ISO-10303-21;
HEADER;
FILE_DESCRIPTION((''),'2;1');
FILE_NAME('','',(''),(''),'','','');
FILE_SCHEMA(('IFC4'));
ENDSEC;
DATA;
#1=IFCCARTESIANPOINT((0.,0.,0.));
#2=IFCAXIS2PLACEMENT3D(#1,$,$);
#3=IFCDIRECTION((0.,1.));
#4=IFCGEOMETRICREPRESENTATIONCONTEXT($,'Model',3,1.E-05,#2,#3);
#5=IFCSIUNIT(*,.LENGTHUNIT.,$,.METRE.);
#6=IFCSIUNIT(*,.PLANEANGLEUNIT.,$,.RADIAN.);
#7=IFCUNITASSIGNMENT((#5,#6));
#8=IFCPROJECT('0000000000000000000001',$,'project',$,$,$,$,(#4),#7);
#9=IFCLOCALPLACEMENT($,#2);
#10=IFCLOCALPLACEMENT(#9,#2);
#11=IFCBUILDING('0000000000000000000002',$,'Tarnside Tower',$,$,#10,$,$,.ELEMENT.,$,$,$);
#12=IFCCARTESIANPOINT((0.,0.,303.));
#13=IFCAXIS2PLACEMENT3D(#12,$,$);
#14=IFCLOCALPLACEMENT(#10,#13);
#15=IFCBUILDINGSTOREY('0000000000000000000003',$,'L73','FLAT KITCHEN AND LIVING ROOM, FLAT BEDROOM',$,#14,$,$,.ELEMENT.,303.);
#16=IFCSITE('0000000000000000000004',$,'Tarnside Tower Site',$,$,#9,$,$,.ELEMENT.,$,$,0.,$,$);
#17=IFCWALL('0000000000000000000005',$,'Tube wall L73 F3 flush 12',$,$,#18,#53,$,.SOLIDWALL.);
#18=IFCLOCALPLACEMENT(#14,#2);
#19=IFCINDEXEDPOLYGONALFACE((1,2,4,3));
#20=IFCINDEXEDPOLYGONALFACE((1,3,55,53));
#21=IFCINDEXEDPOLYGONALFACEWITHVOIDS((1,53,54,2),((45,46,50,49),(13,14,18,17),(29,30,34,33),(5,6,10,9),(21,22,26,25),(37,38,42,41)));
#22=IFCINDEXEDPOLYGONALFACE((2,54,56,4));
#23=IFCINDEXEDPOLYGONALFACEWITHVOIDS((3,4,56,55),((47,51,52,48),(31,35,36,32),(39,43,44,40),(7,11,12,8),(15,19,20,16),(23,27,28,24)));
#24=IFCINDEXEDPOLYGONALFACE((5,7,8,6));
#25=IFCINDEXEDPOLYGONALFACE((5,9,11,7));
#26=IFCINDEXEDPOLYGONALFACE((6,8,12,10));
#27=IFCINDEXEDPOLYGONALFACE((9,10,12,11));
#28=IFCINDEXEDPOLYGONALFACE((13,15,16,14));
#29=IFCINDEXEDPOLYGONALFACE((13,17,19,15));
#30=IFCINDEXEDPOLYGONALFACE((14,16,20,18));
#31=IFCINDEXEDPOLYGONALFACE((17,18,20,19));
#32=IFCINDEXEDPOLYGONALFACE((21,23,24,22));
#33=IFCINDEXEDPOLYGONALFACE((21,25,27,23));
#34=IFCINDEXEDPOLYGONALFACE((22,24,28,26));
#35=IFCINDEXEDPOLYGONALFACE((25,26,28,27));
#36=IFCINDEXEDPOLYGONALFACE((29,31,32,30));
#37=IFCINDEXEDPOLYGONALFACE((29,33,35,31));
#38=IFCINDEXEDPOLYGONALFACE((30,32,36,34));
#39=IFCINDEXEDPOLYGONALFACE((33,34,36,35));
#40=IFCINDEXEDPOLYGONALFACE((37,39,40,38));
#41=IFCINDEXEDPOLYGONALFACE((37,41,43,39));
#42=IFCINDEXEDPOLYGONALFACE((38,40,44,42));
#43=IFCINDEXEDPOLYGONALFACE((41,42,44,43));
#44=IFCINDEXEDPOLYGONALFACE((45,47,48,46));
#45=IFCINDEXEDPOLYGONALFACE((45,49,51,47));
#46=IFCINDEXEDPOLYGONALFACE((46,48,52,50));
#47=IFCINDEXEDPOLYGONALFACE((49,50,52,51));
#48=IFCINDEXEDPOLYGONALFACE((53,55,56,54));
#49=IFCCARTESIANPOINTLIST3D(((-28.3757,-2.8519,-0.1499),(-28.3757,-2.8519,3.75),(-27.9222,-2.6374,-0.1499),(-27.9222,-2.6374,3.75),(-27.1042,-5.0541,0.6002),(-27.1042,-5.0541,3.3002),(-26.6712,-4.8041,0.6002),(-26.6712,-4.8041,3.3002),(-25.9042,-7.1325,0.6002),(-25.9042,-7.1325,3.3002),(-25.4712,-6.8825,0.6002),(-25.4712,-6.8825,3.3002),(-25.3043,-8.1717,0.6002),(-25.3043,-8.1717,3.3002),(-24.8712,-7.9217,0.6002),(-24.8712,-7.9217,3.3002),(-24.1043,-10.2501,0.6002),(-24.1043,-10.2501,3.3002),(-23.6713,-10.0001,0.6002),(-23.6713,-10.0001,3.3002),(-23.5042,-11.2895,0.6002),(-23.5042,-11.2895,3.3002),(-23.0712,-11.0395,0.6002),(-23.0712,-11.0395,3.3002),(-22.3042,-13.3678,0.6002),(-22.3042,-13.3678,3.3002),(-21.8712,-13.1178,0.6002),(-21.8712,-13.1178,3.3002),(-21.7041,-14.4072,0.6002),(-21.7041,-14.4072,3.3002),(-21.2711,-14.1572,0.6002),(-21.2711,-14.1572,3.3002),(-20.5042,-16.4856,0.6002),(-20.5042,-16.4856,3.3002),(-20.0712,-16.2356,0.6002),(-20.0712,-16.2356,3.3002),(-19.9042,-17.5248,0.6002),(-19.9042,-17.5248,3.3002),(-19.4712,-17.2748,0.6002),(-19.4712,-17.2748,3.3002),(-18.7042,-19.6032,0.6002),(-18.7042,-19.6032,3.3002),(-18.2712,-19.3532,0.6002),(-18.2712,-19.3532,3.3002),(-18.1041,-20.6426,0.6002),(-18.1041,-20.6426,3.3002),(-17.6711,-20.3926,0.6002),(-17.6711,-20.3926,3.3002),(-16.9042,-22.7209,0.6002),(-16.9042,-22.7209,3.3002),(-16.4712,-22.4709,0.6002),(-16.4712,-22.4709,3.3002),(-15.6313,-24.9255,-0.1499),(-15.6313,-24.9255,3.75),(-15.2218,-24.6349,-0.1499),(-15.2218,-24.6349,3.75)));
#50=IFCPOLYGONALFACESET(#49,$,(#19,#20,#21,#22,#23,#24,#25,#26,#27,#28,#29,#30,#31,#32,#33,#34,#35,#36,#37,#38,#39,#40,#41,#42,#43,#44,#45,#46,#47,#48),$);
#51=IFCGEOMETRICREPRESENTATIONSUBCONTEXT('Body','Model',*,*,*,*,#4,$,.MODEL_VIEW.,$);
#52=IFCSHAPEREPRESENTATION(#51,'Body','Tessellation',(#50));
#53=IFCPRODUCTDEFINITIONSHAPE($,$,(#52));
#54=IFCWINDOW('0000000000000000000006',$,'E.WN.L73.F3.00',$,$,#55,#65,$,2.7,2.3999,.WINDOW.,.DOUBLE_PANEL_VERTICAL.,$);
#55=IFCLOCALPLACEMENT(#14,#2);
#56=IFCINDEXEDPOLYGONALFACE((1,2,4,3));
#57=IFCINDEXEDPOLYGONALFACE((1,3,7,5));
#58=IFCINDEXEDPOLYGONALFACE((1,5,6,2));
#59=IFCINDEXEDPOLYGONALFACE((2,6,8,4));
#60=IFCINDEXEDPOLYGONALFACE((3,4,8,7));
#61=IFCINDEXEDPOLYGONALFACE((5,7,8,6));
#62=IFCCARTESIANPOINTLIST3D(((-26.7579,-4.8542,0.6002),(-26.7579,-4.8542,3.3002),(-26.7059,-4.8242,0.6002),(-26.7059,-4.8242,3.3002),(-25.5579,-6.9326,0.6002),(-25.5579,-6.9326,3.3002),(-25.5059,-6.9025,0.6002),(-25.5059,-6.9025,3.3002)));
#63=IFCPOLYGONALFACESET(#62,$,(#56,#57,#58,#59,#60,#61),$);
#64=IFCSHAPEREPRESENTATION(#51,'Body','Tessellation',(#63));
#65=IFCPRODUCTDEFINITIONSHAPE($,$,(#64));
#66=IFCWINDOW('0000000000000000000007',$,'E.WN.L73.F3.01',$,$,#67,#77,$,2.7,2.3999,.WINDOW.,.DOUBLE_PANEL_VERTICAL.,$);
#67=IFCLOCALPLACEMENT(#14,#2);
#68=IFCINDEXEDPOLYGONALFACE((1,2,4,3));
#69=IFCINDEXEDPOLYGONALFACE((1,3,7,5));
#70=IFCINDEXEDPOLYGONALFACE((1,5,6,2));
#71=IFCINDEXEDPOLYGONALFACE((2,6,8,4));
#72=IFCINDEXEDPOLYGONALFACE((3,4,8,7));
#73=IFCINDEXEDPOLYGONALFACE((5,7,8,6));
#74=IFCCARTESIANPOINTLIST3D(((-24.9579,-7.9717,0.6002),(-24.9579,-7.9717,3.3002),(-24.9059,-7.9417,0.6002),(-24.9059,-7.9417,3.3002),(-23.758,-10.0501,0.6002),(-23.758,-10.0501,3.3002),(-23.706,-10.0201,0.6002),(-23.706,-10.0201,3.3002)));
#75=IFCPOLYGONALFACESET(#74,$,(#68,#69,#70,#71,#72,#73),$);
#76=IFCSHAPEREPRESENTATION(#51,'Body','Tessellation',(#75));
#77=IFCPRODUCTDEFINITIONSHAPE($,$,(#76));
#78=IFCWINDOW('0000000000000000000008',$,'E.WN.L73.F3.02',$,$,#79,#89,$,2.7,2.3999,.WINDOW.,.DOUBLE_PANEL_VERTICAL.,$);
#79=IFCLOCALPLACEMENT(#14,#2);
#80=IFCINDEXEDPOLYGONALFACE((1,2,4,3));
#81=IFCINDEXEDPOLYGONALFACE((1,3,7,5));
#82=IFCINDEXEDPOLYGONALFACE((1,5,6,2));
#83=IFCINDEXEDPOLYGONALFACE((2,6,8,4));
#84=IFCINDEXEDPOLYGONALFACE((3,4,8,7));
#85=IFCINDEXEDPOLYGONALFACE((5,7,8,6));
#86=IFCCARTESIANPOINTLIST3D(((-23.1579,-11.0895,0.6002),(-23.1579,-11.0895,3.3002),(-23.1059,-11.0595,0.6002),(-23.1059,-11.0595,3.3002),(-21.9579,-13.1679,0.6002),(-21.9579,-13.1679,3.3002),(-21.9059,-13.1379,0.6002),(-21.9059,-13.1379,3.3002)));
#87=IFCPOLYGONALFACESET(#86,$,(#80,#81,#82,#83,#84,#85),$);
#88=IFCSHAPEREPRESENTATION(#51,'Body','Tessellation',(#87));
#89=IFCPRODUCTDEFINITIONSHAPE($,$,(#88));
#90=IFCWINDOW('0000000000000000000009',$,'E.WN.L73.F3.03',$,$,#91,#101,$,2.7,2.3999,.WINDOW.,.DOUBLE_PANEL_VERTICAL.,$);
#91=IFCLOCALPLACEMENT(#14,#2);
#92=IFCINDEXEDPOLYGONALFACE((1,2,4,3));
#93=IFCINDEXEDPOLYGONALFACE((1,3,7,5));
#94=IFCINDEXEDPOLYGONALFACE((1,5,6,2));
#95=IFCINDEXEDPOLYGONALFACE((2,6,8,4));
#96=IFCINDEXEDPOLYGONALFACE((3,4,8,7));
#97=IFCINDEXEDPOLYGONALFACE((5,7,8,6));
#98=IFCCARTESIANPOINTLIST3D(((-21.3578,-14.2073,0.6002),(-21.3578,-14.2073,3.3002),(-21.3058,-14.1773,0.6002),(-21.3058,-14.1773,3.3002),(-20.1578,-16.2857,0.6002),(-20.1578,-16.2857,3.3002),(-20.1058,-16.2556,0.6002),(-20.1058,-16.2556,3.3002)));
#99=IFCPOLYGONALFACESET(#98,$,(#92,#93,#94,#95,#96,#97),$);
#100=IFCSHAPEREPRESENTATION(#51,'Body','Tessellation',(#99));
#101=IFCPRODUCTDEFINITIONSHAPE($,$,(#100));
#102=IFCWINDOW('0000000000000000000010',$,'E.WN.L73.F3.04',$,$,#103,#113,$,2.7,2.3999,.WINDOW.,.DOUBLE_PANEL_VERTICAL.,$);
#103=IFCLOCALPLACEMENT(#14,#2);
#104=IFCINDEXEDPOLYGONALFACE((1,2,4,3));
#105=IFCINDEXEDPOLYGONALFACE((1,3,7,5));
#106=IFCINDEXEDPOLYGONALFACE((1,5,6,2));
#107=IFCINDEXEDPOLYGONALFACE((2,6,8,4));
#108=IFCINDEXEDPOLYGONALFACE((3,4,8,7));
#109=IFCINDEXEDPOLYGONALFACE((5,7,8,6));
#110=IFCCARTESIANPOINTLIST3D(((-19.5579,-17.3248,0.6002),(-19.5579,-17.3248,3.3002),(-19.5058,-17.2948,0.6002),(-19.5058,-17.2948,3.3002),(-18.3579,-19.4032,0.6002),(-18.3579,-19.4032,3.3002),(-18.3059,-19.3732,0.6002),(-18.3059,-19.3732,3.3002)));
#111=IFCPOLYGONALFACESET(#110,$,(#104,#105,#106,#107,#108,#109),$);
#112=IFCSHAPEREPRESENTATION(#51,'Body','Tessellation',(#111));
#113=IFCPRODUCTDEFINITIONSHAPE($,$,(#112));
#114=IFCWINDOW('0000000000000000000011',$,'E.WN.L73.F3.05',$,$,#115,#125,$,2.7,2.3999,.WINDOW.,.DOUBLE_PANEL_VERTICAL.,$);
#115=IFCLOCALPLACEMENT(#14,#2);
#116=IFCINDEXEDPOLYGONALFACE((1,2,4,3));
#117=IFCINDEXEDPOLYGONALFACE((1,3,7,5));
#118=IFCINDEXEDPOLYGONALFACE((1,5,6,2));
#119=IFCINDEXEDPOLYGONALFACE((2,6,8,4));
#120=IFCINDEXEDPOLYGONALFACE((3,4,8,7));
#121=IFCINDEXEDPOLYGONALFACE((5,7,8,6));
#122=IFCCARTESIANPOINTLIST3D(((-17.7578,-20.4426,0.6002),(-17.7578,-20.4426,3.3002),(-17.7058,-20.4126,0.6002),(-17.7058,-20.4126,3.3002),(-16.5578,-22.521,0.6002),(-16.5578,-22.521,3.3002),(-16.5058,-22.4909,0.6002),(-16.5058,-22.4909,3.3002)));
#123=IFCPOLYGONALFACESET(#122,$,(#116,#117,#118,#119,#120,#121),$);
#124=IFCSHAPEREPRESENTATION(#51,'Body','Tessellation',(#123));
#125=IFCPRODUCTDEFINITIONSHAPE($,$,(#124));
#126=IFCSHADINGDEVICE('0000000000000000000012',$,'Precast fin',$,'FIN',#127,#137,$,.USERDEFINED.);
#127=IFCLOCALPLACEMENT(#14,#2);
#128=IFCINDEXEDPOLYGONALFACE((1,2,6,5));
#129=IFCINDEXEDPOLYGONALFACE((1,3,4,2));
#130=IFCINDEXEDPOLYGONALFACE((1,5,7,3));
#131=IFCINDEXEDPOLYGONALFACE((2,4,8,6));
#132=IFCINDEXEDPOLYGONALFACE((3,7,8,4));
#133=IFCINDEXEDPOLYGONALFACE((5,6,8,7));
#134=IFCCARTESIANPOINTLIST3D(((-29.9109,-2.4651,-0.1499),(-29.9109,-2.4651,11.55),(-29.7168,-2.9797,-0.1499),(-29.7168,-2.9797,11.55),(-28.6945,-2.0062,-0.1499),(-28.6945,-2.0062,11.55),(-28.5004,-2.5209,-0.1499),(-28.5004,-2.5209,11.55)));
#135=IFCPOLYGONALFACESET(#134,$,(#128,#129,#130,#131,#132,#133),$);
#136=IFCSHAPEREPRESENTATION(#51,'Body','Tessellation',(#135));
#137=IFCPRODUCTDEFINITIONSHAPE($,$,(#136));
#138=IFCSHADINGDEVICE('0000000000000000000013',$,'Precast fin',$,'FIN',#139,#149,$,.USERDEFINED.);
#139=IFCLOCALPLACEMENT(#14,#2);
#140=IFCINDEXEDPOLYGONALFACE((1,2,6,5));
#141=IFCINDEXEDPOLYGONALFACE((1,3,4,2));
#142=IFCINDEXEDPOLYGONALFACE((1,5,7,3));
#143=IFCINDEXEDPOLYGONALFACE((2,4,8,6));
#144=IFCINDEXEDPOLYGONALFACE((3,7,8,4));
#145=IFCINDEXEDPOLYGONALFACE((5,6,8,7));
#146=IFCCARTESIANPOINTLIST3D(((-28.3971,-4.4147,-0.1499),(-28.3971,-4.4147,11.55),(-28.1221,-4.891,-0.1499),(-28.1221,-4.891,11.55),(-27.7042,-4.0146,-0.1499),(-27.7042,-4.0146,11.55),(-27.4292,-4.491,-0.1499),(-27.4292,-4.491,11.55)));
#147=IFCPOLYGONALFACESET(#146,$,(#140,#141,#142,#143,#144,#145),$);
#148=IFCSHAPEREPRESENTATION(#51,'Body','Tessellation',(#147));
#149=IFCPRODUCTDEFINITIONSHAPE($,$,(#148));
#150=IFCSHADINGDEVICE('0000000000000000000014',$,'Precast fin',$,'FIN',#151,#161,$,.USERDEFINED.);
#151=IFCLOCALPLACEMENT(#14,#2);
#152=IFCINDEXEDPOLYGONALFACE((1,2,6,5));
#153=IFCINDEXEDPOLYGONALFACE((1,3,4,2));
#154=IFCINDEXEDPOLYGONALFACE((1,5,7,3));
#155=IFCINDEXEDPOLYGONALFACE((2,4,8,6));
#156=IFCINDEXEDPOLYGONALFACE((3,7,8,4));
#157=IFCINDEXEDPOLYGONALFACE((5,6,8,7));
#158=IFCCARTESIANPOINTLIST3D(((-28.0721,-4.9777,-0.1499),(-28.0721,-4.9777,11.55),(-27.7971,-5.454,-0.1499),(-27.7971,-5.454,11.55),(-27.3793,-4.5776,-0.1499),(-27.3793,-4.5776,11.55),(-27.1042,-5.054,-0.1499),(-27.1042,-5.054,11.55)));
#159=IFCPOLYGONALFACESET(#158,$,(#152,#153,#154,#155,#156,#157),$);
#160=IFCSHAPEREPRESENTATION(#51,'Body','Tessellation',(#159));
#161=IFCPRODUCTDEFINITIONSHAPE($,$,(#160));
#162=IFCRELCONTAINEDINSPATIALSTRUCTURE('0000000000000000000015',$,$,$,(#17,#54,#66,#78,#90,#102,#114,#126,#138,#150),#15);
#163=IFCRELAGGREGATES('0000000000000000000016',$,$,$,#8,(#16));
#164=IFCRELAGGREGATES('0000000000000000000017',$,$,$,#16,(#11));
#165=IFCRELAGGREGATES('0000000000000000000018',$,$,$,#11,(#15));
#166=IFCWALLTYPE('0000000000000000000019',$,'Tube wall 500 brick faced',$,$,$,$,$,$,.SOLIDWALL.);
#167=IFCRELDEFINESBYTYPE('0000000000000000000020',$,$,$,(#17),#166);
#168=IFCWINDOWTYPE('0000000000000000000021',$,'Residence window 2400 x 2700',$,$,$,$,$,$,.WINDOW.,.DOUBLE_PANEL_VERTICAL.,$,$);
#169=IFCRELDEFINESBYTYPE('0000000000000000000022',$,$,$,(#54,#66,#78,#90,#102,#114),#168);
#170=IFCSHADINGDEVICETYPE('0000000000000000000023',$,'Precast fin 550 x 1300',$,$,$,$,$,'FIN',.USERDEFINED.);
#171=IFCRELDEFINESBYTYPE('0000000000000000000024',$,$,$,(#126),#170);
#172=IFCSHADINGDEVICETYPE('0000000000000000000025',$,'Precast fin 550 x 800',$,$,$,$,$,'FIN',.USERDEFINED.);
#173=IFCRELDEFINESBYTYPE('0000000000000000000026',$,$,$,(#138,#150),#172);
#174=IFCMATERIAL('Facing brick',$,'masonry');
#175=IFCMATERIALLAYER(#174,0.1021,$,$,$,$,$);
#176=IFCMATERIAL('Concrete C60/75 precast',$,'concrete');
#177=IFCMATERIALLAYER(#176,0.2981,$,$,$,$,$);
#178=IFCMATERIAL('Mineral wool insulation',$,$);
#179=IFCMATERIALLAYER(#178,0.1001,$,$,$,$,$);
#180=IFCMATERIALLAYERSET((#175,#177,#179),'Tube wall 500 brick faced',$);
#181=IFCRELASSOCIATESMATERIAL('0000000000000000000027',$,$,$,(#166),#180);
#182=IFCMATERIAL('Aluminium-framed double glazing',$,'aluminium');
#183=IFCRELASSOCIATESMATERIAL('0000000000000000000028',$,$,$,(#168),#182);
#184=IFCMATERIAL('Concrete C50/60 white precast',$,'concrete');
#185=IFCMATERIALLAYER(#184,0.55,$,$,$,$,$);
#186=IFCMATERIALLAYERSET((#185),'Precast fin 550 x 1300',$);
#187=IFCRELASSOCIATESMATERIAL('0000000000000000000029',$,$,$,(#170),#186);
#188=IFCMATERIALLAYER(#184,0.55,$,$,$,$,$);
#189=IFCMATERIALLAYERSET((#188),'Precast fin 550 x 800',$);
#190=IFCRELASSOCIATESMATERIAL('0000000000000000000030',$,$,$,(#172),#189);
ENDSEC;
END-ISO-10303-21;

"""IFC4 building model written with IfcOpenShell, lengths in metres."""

from ifc_helpers import new_model, si_unit, direction, frame, frame_2d, origin, place, context, subcontext, project, spatial, polyline, rectangle, outline, extrude, material, layer, layer_set, type_object, element, fill, save


model = new_model("IFC4")

# Units and contexts
model_context = context("Model", 3, precision=1e-05, world=origin(), true_north=direction((0.0, 1.0)))
body_context = subcontext(model_context, "Body", "Model", "MODEL_VIEW")
ifc_project = project(units=[si_unit("LENGTHUNIT", "METRE"), si_unit("PLANEANGLEUNIT", "RADIAN")], contexts=[model_context])

# Site, building, storey
site_placement = place(None, origin())
site = spatial("IfcSite", under=ifc_project, at=site_placement, Name="Tarnside Tower Site", CompositionType="ELEMENT", RefElevation=0.0)
building_placement = place(site_placement, origin())
building = spatial("IfcBuilding", under=site, at=building_placement, Name="Tarnside Tower", CompositionType="ELEMENT")
storey_placement = place(building_placement, frame((0.0, 0.0, 303.0)))
storey = spatial("IfcBuildingStorey", under=building, at=storey_placement, Name="L73", Description="FLAT KITCHEN AND LIVING ROOM, FLAT BEDROOM", CompositionType="ELEMENT", Elevation=303.0)

# Shared definitions
ifc_material_1 = material(Name="Facing brick", Category="masonry")
ifc_layer_1 = layer(ifc_material_1, 0.1021)
ifc_material_2 = material(Name="Concrete C60/75 precast", Category="concrete")
ifc_layer_2 = layer(ifc_material_2, 0.2981)
ifc_material_3 = material(Name="Mineral wool insulation")
ifc_layer_3 = layer(ifc_material_3, 0.1001)
ifc_layer_set_1 = layer_set([ifc_layer_1, ifc_layer_2, ifc_layer_3], Name="Tube wall 500 brick faced")
wall_type_1 = type_object("IfcWallType", Name="Tube wall 500 brick faced", PredefinedType="SOLIDWALL", material=ifc_layer_set_1)

# Wall, openings, windows
wall_1_placement = place(storey_placement, frame((-28.1489, -2.7446, -0.1499), z_axis=(0.0, 0.0, 1.0), x_axis=(0.500004, -0.866023, 0.0)))
wall_1 = element("IfcWall", 1, at=wall_1_placement, inside=storey, type_object=wall_type_1, Name="Tube wall L73 F3 flush 12", PredefinedType="SOLIDWALL", context=body_context, shape_type="SweptSolid", body=[
    extrude(outline(polyline([(-0.0205, -0.25), (25.468, -0.25), (25.4211, 0.25), (0.0205, 0.25), (-0.0205, -0.25)])), origin(), (0.0, 0.0, 1.0), 3.8999),
])
opening_1_placement = place(wall_1_placement, frame((2.5225, 0.0, 0.75)))
opening_1 = element("IfcOpeningElement", 2, at=opening_1_placement, cuts=wall_1, PredefinedType="OPENING", context=body_context, shape_type="SweptSolid", body=[
    extrude(rectangle(XDim=2.3999, YDim=2.7, at=frame_2d((1.2, 1.3501))), frame((0.0, 0.26, 0.0), z_axis=(0.0, -1.0, 0.0), x_axis=(1.0, 0.0, 0.0)), (0.0, 0.0, 1.0), 0.52),
])
opening_2_placement = place(wall_1_placement, frame((6.1223, 0.0, 0.75)))
opening_2 = element("IfcOpeningElement", 3, at=opening_2_placement, cuts=wall_1, PredefinedType="OPENING", context=body_context, shape_type="SweptSolid", body=[
    extrude(rectangle(XDim=2.3999, YDim=2.7, at=frame_2d((1.2, 1.3501))), frame((0.0, 0.26, 0.0), z_axis=(0.0, -1.0, 0.0), x_axis=(1.0, 0.0, 0.0)), (0.0, 0.0, 1.0), 0.52),
])
opening_3_placement = place(wall_1_placement, frame((9.7224, 0.0, 0.75)))
opening_3 = element("IfcOpeningElement", 4, at=opening_3_placement, cuts=wall_1, PredefinedType="OPENING", context=body_context, shape_type="SweptSolid", body=[
    extrude(rectangle(XDim=2.3999, YDim=2.7, at=frame_2d((1.2, 1.3501))), frame((0.0, 0.26, 0.0), z_axis=(0.0, -1.0, 0.0), x_axis=(1.0, 0.0, 0.0)), (0.0, 0.0, 1.0), 0.52),
])
opening_4_placement = place(wall_1_placement, frame((13.3225, 0.0, 0.75)))
opening_4 = element("IfcOpeningElement", 5, at=opening_4_placement, cuts=wall_1, PredefinedType="OPENING", context=body_context, shape_type="SweptSolid", body=[
    extrude(rectangle(XDim=2.3999, YDim=2.7, at=frame_2d((1.2, 1.3501))), frame((0.0, 0.26, 0.0), z_axis=(0.0, -1.0, 0.0), x_axis=(1.0, 0.0, 0.0)), (0.0, 0.0, 1.0), 0.52),
])
opening_5_placement = place(wall_1_placement, frame((16.9224, 0.0, 0.75)))
opening_5 = element("IfcOpeningElement", 6, at=opening_5_placement, cuts=wall_1, PredefinedType="OPENING", context=body_context, shape_type="SweptSolid", body=[
    extrude(rectangle(XDim=2.3999, YDim=2.7, at=frame_2d((1.2, 1.3501))), frame((0.0, 0.26, 0.0), z_axis=(0.0, -1.0, 0.0), x_axis=(1.0, 0.0, 0.0)), (0.0, 0.0, 1.0), 0.52),
])
opening_6_placement = place(wall_1_placement, frame((20.5225, 0.0, 0.75)))
opening_6 = element("IfcOpeningElement", 7, at=opening_6_placement, cuts=wall_1, PredefinedType="OPENING", context=body_context, shape_type="SweptSolid", body=[
    extrude(rectangle(XDim=2.3999, YDim=2.7, at=frame_2d((1.2, 1.3501))), frame((0.0, 0.26, 0.0), z_axis=(0.0, -1.0, 0.0), x_axis=(1.0, 0.0, 0.0)), (0.0, 0.0, 1.0), 0.52),
])
ifc_material_4 = material(Name="Aluminium-framed double glazing", Category="aluminium")
window_type = type_object("IfcWindowType", Name="Residence window 2400 x 2700", PartitioningType="DOUBLE_PANEL_VERTICAL", PredefinedType="WINDOW", material=ifc_material_4)
window_1_placement = place(opening_1_placement, frame((0.0, 0.1799, 0.0)))
window_1 = element("IfcWindow", 8, at=window_1_placement, inside=storey, type_object=window_type, Name="E.WN.L73.F3.00", OverallHeight=2.7, OverallWidth=2.3999, PartitioningType="DOUBLE_PANEL_VERTICAL", PredefinedType="WINDOW", context=body_context, shape_type="SweptSolid", body=[
    extrude(rectangle(XDim=2.3999, YDim=2.7, at=frame_2d((1.2, 1.3501))), frame((0.0, 0.03, 0.0), z_axis=(0.0, -1.0, 0.0), x_axis=(1.0, 0.0, 0.0)), (0.0, 0.0, 1.0), 0.0601),
])
fill(opening_1, window_1)
window_2_placement = place(opening_2_placement, frame((0.0, 0.1799, 0.0)))
window_2 = element("IfcWindow", 9, at=window_2_placement, inside=storey, type_object=window_type, Name="E.WN.L73.F3.01", OverallHeight=2.7, OverallWidth=2.3999, PartitioningType="DOUBLE_PANEL_VERTICAL", PredefinedType="WINDOW", context=body_context, shape_type="SweptSolid", body=[
    extrude(rectangle(XDim=2.3999, YDim=2.7, at=frame_2d((1.2, 1.3501))), frame((0.0, 0.03, 0.0), z_axis=(0.0, -1.0, 0.0), x_axis=(1.0, 0.0, 0.0)), (0.0, 0.0, 1.0), 0.0601),
])
fill(opening_2, window_2)
window_3_placement = place(opening_3_placement, frame((0.0, 0.1799, 0.0)))
window_3 = element("IfcWindow", 10, at=window_3_placement, inside=storey, type_object=window_type, Name="E.WN.L73.F3.02", OverallHeight=2.7, OverallWidth=2.3999, PartitioningType="DOUBLE_PANEL_VERTICAL", PredefinedType="WINDOW", context=body_context, shape_type="SweptSolid", body=[
    extrude(rectangle(XDim=2.3999, YDim=2.7, at=frame_2d((1.2, 1.3501))), frame((0.0, 0.03, 0.0), z_axis=(0.0, -1.0, 0.0), x_axis=(1.0, 0.0, 0.0)), (0.0, 0.0, 1.0), 0.0601),
])
fill(opening_3, window_3)
window_4_placement = place(opening_4_placement, frame((0.0, 0.1799, 0.0)))
window_4 = element("IfcWindow", 11, at=window_4_placement, inside=storey, type_object=window_type, Name="E.WN.L73.F3.03", OverallHeight=2.7, OverallWidth=2.3999, PartitioningType="DOUBLE_PANEL_VERTICAL", PredefinedType="WINDOW", context=body_context, shape_type="SweptSolid", body=[
    extrude(rectangle(XDim=2.3999, YDim=2.7, at=frame_2d((1.2, 1.3501))), frame((0.0, 0.03, 0.0), z_axis=(0.0, -1.0, 0.0), x_axis=(1.0, 0.0, 0.0)), (0.0, 0.0, 1.0), 0.0601),
])
fill(opening_4, window_4)
window_5_placement = place(opening_5_placement, frame((0.0, 0.1799, 0.0)))
window_5 = element("IfcWindow", 12, at=window_5_placement, inside=storey, type_object=window_type, Name="E.WN.L73.F3.04", OverallHeight=2.7, OverallWidth=2.3999, PartitioningType="DOUBLE_PANEL_VERTICAL", PredefinedType="WINDOW", context=body_context, shape_type="SweptSolid", body=[
    extrude(rectangle(XDim=2.3999, YDim=2.7, at=frame_2d((1.2, 1.3501))), frame((0.0, 0.03, 0.0), z_axis=(0.0, -1.0, 0.0), x_axis=(1.0, 0.0, 0.0)), (0.0, 0.0, 1.0), 0.0601),
])
fill(opening_5, window_5)
window_6_placement = place(opening_6_placement, frame((0.0, 0.1799, 0.0)))
window_6 = element("IfcWindow", 13, at=window_6_placement, inside=storey, type_object=window_type, Name="E.WN.L73.F3.05", OverallHeight=2.7, OverallWidth=2.3999, PartitioningType="DOUBLE_PANEL_VERTICAL", PredefinedType="WINDOW", context=body_context, shape_type="SweptSolid", body=[
    extrude(rectangle(XDim=2.3999, YDim=2.7, at=frame_2d((1.2, 1.3501))), frame((0.0, 0.03, 0.0), z_axis=(0.0, -1.0, 0.0), x_axis=(1.0, 0.0, 0.0)), (0.0, 0.0, 1.0), 0.0601),
])
fill(opening_6, window_6)

# Shading devices
ifc_material_5 = material(Name="Concrete C50/60 white precast", Category="concrete")
ifc_layer_4 = layer(ifc_material_5, 0.55)
ifc_layer_set_2 = layer_set([ifc_layer_4], Name="Precast fin 550 x 1300")
shading_device_type_1 = type_object("IfcShadingDeviceType", Name="Precast fin 550 x 1300", ElementType="FIN", PredefinedType="USERDEFINED", material=ifc_layer_set_2)
shading_device_placement = place(storey_placement, frame((-28.5974, -2.2637, -0.1499), z_axis=(-0.352931, 0.93565, 0.0), x_axis=(-0.93565, -0.352931, 0.0)))
element("IfcShadingDevice", 14, at=shading_device_placement, inside=storey, type_object=shading_device_type_1, Name="Precast fin", ObjectType="FIN", PredefinedType="USERDEFINED", context=body_context, shape_type="SweptSolid", body=[
    extrude(outline(polyline([(0.0, 0.0), (1.3, 0.0), (1.3, 11.7), (0.0, 11.7), (0.0, 0.0)])), frame((0.0, 0.0, -0.2749)), (0.0, 0.0, 1.0), 0.55),
])
ifc_layer_5 = layer(ifc_material_5, 0.55)
ifc_layer_set_3 = layer_set([ifc_layer_5], Name="Precast fin 550 x 800")
shading_device_type_2 = type_object("IfcShadingDeviceType", Name="Precast fin 550 x 800", ElementType="FIN", PredefinedType="USERDEFINED", material=ifc_layer_set_3)
for number, where, z_axis, x_axis, name in (
    (15, (-27.5667, -4.2529, -0.1499), (-0.5, 0.866025, 0.0), (-0.866025, -0.5, 0.0), "Precast fin"),
    (16, (-27.2417, -4.8159, -0.1499), (-0.5, 0.866025, 0.0), (-0.866025, -0.5, 0.0), "Precast fin"),
):
    element("IfcShadingDevice", number, at=place(storey_placement, frame(where, z_axis=z_axis, x_axis=x_axis)), inside=storey, type_object=shading_device_type_2, Name=name, ObjectType="FIN", PredefinedType="USERDEFINED", context=body_context, shape_type="SweptSolid", body=[
        extrude(outline(polyline([(0.0, 0.0), (0.8, 0.0), (0.8, 11.7), (0.0, 11.7), (0.0, 0.0)])), frame((0.0, 0.0, -0.2749)), (0.0, 0.0, 1.0), 0.55),
    ])

save(model, "model.ifc")
